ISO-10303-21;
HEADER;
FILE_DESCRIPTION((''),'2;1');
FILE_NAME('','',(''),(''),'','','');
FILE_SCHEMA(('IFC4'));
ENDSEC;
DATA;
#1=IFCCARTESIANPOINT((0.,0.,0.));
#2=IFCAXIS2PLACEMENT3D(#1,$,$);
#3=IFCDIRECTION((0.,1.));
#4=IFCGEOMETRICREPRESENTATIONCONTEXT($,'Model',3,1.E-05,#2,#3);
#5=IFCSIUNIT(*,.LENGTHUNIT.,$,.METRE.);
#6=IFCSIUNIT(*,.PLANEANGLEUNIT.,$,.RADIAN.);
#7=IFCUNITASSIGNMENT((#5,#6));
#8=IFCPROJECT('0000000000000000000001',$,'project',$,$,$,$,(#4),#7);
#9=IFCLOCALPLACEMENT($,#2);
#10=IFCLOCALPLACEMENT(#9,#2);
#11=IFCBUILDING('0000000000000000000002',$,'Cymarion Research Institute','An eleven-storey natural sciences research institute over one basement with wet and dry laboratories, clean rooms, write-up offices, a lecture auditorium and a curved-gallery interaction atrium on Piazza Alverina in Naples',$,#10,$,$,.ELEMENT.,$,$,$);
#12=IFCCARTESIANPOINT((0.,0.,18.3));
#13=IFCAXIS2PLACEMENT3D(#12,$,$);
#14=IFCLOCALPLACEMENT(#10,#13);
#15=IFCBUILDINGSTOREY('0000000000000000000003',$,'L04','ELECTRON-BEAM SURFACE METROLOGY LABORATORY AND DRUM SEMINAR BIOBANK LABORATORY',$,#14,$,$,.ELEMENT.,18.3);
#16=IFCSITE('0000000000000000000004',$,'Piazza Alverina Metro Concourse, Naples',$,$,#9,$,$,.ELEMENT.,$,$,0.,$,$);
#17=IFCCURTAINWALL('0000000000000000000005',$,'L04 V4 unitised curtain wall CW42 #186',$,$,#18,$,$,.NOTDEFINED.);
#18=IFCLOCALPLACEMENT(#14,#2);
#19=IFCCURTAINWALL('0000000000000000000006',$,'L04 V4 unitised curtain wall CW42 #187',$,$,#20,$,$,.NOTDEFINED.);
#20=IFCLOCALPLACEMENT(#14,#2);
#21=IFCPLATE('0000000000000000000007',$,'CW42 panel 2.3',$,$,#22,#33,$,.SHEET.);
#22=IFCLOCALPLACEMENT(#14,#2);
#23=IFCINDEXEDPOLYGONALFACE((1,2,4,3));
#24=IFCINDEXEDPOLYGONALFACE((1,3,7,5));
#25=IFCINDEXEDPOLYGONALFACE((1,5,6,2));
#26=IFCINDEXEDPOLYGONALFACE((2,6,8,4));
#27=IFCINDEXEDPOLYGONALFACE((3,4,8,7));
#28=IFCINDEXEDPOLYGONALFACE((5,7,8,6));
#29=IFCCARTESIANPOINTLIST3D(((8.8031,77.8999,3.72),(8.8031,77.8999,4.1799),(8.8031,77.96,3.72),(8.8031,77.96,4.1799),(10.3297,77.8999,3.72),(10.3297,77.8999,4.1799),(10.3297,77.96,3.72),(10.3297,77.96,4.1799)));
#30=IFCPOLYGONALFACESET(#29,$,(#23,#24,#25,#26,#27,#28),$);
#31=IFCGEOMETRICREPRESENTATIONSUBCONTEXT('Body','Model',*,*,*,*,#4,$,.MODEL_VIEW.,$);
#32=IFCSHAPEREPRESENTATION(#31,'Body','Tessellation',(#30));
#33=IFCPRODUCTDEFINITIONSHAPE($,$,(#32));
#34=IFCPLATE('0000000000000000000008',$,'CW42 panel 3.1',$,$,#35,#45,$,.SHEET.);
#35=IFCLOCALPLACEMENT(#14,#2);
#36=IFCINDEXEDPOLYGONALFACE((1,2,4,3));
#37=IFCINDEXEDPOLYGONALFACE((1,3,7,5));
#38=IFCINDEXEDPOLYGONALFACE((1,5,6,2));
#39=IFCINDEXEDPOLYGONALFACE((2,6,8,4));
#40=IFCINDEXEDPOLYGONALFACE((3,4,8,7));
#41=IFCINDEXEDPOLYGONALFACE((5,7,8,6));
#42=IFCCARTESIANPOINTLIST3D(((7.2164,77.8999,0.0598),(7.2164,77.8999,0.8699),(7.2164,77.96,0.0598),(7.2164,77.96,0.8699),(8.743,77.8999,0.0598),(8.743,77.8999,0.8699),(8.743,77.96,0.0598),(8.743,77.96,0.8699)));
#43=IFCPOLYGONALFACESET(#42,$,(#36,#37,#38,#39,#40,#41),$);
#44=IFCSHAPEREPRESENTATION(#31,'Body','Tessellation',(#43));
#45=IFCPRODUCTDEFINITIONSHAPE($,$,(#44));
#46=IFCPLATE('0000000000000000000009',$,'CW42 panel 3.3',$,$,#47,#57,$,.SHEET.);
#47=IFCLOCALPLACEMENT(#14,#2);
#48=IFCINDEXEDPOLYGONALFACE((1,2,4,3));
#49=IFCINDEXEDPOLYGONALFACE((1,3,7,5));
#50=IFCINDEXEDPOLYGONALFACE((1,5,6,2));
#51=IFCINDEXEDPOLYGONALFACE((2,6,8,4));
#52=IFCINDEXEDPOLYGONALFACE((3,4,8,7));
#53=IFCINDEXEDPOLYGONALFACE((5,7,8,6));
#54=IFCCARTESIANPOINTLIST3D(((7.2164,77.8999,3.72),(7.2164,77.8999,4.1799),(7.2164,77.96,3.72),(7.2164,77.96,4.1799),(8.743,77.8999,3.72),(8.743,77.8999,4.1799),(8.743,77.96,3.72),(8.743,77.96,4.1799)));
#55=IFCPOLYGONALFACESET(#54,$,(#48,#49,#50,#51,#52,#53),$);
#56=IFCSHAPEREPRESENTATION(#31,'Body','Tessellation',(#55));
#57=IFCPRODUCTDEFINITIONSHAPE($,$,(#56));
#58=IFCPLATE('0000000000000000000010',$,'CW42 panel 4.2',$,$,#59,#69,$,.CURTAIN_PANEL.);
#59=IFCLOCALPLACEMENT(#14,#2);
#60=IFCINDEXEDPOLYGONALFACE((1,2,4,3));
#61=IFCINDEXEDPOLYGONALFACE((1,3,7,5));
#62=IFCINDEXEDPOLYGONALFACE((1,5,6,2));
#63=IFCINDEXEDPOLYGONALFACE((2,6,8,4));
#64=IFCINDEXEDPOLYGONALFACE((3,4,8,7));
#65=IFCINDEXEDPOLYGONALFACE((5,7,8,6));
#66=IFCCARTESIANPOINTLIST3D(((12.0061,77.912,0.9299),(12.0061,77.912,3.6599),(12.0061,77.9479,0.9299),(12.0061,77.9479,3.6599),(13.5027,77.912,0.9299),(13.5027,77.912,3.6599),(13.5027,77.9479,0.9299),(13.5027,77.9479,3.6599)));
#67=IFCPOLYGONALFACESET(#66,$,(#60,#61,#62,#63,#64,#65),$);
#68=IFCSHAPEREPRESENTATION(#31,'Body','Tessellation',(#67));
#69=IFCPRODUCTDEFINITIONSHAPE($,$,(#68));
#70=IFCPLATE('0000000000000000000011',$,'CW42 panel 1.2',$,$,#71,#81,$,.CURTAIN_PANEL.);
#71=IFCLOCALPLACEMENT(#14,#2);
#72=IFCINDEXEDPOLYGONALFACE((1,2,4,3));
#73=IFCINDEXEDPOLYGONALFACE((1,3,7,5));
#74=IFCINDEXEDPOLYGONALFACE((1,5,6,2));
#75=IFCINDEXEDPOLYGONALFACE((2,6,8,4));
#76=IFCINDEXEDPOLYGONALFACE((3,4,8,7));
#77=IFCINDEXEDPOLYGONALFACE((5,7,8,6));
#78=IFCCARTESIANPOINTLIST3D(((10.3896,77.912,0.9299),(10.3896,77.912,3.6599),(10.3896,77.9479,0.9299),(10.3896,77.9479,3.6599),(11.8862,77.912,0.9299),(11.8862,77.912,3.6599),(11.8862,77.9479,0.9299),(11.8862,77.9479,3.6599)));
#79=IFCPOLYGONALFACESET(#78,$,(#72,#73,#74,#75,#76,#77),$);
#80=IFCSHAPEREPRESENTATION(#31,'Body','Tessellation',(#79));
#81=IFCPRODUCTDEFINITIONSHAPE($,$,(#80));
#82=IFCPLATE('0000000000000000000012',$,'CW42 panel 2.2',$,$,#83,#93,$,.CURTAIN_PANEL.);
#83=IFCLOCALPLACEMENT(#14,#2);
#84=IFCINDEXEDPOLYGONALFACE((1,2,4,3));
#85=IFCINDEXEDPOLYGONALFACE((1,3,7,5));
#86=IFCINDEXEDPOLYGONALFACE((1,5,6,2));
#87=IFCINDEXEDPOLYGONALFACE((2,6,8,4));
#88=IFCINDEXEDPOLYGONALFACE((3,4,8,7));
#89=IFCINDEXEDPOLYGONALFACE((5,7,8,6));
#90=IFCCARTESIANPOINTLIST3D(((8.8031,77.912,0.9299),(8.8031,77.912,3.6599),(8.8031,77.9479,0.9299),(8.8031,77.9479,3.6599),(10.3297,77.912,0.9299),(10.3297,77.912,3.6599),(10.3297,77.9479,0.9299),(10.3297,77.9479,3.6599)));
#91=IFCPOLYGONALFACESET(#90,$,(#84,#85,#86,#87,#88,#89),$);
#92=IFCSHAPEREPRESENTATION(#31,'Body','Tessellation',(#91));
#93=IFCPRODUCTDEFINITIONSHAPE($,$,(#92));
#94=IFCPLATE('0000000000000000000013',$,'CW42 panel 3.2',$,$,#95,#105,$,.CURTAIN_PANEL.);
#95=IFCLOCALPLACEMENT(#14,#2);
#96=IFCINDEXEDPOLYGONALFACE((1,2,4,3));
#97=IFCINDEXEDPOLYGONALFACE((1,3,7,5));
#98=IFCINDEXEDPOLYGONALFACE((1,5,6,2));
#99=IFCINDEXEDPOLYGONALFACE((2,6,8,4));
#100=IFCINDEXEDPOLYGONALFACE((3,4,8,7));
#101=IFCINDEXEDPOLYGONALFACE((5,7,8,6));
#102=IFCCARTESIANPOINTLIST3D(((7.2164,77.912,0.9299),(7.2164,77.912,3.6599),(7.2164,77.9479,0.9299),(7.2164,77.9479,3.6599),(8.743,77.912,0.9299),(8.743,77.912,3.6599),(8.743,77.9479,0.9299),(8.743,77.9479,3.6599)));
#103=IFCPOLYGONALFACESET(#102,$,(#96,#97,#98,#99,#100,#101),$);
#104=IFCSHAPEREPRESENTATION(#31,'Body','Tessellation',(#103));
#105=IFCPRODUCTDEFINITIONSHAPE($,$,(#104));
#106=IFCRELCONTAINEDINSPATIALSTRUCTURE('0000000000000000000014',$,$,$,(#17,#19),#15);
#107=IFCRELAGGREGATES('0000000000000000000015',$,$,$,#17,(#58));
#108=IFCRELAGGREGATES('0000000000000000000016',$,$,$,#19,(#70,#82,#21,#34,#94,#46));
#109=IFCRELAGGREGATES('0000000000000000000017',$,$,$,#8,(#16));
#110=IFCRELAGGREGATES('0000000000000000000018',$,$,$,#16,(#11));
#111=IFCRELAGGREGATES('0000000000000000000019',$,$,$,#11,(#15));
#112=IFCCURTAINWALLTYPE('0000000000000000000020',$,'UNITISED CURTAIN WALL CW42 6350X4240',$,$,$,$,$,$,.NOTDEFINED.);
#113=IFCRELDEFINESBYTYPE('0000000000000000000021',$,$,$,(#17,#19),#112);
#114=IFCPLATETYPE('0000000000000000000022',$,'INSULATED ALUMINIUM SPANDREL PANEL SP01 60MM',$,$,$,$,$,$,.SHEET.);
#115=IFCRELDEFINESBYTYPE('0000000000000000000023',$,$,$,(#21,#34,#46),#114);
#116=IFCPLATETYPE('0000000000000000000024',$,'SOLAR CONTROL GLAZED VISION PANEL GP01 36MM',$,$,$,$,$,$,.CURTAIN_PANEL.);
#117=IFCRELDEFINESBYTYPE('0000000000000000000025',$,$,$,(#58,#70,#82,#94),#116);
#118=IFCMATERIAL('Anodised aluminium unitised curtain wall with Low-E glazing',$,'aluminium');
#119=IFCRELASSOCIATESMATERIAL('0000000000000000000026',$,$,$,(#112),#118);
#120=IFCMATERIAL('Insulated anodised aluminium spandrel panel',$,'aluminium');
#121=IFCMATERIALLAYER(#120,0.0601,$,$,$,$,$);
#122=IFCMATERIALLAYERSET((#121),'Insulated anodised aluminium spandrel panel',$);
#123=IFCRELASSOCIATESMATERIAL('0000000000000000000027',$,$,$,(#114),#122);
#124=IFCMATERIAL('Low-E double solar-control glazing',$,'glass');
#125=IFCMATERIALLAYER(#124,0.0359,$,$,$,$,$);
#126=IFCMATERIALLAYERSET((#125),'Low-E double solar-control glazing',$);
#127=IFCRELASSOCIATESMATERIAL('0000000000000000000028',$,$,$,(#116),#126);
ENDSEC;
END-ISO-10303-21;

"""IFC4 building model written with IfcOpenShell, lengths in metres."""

from ifc_helpers import new_model, si_unit, direction, frame, origin, origin_2d, place, context, subcontext, project, spatial, rectangle, extrude, material, layer, layer_set, type_object, element, aggregate, save


model = new_model("IFC4")

# Units and contexts
model_context = context("Model", 3, precision=1e-05, world=origin(), true_north=direction((0.0, 1.0)))
body_context = subcontext(model_context, "Body", "Model", "MODEL_VIEW")
ifc_project = project(units=[si_unit("LENGTHUNIT", "METRE"), si_unit("PLANEANGLEUNIT", "RADIAN")], contexts=[model_context])

# Site, building, storey
site_placement = place(None, origin())
site = spatial("IfcSite", under=ifc_project, at=site_placement, Name="Piazza Alverina Metro Concourse, Naples", CompositionType="ELEMENT", RefElevation=0.0)
building_placement = place(site_placement, origin())
building = spatial("IfcBuilding", under=site, at=building_placement, Name="Cymarion Research Institute", Description="An eleven-storey natural sciences research institute over one basement with wet and dry laboratories, clean rooms, write-up offices, a lecture auditorium and a curved-gallery interaction atrium on Piazza Alverina in Naples", CompositionType="ELEMENT")
storey_placement = place(building_placement, frame((0.0, 0.0, 18.3)))
storey = spatial("IfcBuildingStorey", under=building, at=storey_placement, Name="L04", Description="ELECTRON-BEAM SURFACE METROLOGY LABORATORY AND DRUM SEMINAR BIOBANK LABORATORY", CompositionType="ELEMENT", Elevation=18.3)

# Curtain wall
ifc_material_1 = material(Name="Anodised aluminium unitised curtain wall with Low-E glazing", Category="aluminium")
curtain_wall_type = type_object("IfcCurtainWallType", Name="UNITISED CURTAIN WALL CW42 6350X4240", PredefinedType="NOTDEFINED", material=ifc_material_1)
curtain_wall_1_placement = place(storey_placement, origin())
curtain_wall_1 = element("IfcCurtainWall", 1, at=curtain_wall_1_placement, inside=storey, type_object=curtain_wall_type, Name="L04 V4 unitised curtain wall CW42 #186", PredefinedType="NOTDEFINED")

# Curtain wall
curtain_wall_2_placement = place(storey_placement, origin())
curtain_wall_2 = element("IfcCurtainWall", 2, at=curtain_wall_2_placement, inside=storey, type_object=curtain_wall_type, Name="L04 V4 unitised curtain wall CW42 #187", PredefinedType="NOTDEFINED")

# Plates
ifc_material_2 = material(Name="Insulated anodised aluminium spandrel panel", Category="aluminium")
ifc_layer_1 = layer(ifc_material_2, 0.0601)
ifc_layer_set_1 = layer_set([ifc_layer_1], Name="Insulated anodised aluminium spandrel panel")
plate_type_1 = type_object("IfcPlateType", Name="INSULATED ALUMINIUM SPANDREL PANEL SP01 60MM", PredefinedType="SHEET", material=ifc_layer_set_1)
plate_1_placement = place(storey_placement, frame((9.5664, 77.9299, 3.72), z_axis=(0.0, 0.0, 1.0), x_axis=(-1.0, 0.0, 0.0)))
plate_1 = element("IfcPlate", 3, at=plate_1_placement, type_object=plate_type_1, Name="CW42 panel 2.3", PredefinedType="SHEET", context=body_context, shape_type="SweptSolid", body=[
    extrude(rectangle(XDim=1.5266, YDim=0.0601, at=origin_2d()), origin(), (0.0, 0.0, 1.0), 0.46),
])
plate_2_placement = place(storey_placement, frame((7.9797, 77.9299, 0.0598), z_axis=(0.0, 0.0, 1.0), x_axis=(-1.0, 0.0, 0.0)))
plate_2 = element("IfcPlate", 4, at=plate_2_placement, type_object=plate_type_1, Name="CW42 panel 3.1", PredefinedType="SHEET", context=body_context, shape_type="SweptSolid", body=[
    extrude(rectangle(XDim=1.5266, YDim=0.0601, at=origin_2d()), origin(), (0.0, 0.0, 1.0), 0.8101),
])
plate_3_placement = place(storey_placement, frame((7.9797, 77.9299, 3.72), z_axis=(0.0, 0.0, 1.0), x_axis=(-1.0, 0.0, 0.0)))
plate_3 = element("IfcPlate", 5, at=plate_3_placement, type_object=plate_type_1, Name="CW42 panel 3.3", PredefinedType="SHEET", context=body_context, shape_type="SweptSolid", body=[
    extrude(rectangle(XDim=1.5266, YDim=0.0601, at=origin_2d()), origin(), (0.0, 0.0, 1.0), 0.46),
])
ifc_material_3 = material(Name="Low-E double solar-control glazing", Category="glass")
ifc_layer_2 = layer(ifc_material_3, 0.0359)
ifc_layer_set_2 = layer_set([ifc_layer_2], Name="Low-E double solar-control glazing")
plate_type_2 = type_object("IfcPlateType", Name="SOLAR CONTROL GLAZED VISION PANEL GP01 36MM", PredefinedType="CURTAIN_PANEL", material=ifc_layer_set_2)
plate_4_placement = place(storey_placement, frame((12.7544, 77.9299, 0.9299), z_axis=(0.0, 0.0, 1.0), x_axis=(-1.0, 0.0, 0.0)))
plate_4 = element("IfcPlate", 6, at=plate_4_placement, type_object=plate_type_2, Name="CW42 panel 4.2", PredefinedType="CURTAIN_PANEL", context=body_context, shape_type="SweptSolid", body=[
    extrude(rectangle(XDim=1.4966, YDim=0.0359, at=origin_2d()), origin(), (0.0, 0.0, 1.0), 2.73),
])
aggregate(curtain_wall_1, [plate_4])
plate_5_placement = place(storey_placement, frame((11.1379, 77.9299, 0.9299), z_axis=(0.0, 0.0, 1.0), x_axis=(-1.0, 0.0, 0.0)))
plate_5 = element("IfcPlate", 7, at=plate_5_placement, type_object=plate_type_2, Name="CW42 panel 1.2", PredefinedType="CURTAIN_PANEL", context=body_context, shape_type="SweptSolid", body=[
    extrude(rectangle(XDim=1.4966, YDim=0.0359, at=origin_2d()), origin(), (0.0, 0.0, 1.0), 2.73),
])
plate_6_placement = place(storey_placement, frame((9.5664, 77.9299, 0.9299), z_axis=(0.0, 0.0, 1.0), x_axis=(-1.0, 0.0, 0.0)))
plate_6 = element("IfcPlate", 8, at=plate_6_placement, type_object=plate_type_2, Name="CW42 panel 2.2", PredefinedType="CURTAIN_PANEL", context=body_context, shape_type="SweptSolid", body=[
    extrude(rectangle(XDim=1.5266, YDim=0.0359, at=origin_2d()), origin(), (0.0, 0.0, 1.0), 2.73),
])
plate_7_placement = place(storey_placement, frame((7.9797, 77.9299, 0.9299), z_axis=(0.0, 0.0, 1.0), x_axis=(-1.0, 0.0, 0.0)))
plate_7 = element("IfcPlate", 9, at=plate_7_placement, type_object=plate_type_2, Name="CW42 panel 3.2", PredefinedType="CURTAIN_PANEL", context=body_context, shape_type="SweptSolid", body=[
    extrude(rectangle(XDim=1.5266, YDim=0.0359, at=origin_2d()), origin(), (0.0, 0.0, 1.0), 2.73),
])
aggregate(curtain_wall_2, [plate_5, plate_6, plate_1, plate_2, plate_7, plate_3])

save(model, "model.ifc")
